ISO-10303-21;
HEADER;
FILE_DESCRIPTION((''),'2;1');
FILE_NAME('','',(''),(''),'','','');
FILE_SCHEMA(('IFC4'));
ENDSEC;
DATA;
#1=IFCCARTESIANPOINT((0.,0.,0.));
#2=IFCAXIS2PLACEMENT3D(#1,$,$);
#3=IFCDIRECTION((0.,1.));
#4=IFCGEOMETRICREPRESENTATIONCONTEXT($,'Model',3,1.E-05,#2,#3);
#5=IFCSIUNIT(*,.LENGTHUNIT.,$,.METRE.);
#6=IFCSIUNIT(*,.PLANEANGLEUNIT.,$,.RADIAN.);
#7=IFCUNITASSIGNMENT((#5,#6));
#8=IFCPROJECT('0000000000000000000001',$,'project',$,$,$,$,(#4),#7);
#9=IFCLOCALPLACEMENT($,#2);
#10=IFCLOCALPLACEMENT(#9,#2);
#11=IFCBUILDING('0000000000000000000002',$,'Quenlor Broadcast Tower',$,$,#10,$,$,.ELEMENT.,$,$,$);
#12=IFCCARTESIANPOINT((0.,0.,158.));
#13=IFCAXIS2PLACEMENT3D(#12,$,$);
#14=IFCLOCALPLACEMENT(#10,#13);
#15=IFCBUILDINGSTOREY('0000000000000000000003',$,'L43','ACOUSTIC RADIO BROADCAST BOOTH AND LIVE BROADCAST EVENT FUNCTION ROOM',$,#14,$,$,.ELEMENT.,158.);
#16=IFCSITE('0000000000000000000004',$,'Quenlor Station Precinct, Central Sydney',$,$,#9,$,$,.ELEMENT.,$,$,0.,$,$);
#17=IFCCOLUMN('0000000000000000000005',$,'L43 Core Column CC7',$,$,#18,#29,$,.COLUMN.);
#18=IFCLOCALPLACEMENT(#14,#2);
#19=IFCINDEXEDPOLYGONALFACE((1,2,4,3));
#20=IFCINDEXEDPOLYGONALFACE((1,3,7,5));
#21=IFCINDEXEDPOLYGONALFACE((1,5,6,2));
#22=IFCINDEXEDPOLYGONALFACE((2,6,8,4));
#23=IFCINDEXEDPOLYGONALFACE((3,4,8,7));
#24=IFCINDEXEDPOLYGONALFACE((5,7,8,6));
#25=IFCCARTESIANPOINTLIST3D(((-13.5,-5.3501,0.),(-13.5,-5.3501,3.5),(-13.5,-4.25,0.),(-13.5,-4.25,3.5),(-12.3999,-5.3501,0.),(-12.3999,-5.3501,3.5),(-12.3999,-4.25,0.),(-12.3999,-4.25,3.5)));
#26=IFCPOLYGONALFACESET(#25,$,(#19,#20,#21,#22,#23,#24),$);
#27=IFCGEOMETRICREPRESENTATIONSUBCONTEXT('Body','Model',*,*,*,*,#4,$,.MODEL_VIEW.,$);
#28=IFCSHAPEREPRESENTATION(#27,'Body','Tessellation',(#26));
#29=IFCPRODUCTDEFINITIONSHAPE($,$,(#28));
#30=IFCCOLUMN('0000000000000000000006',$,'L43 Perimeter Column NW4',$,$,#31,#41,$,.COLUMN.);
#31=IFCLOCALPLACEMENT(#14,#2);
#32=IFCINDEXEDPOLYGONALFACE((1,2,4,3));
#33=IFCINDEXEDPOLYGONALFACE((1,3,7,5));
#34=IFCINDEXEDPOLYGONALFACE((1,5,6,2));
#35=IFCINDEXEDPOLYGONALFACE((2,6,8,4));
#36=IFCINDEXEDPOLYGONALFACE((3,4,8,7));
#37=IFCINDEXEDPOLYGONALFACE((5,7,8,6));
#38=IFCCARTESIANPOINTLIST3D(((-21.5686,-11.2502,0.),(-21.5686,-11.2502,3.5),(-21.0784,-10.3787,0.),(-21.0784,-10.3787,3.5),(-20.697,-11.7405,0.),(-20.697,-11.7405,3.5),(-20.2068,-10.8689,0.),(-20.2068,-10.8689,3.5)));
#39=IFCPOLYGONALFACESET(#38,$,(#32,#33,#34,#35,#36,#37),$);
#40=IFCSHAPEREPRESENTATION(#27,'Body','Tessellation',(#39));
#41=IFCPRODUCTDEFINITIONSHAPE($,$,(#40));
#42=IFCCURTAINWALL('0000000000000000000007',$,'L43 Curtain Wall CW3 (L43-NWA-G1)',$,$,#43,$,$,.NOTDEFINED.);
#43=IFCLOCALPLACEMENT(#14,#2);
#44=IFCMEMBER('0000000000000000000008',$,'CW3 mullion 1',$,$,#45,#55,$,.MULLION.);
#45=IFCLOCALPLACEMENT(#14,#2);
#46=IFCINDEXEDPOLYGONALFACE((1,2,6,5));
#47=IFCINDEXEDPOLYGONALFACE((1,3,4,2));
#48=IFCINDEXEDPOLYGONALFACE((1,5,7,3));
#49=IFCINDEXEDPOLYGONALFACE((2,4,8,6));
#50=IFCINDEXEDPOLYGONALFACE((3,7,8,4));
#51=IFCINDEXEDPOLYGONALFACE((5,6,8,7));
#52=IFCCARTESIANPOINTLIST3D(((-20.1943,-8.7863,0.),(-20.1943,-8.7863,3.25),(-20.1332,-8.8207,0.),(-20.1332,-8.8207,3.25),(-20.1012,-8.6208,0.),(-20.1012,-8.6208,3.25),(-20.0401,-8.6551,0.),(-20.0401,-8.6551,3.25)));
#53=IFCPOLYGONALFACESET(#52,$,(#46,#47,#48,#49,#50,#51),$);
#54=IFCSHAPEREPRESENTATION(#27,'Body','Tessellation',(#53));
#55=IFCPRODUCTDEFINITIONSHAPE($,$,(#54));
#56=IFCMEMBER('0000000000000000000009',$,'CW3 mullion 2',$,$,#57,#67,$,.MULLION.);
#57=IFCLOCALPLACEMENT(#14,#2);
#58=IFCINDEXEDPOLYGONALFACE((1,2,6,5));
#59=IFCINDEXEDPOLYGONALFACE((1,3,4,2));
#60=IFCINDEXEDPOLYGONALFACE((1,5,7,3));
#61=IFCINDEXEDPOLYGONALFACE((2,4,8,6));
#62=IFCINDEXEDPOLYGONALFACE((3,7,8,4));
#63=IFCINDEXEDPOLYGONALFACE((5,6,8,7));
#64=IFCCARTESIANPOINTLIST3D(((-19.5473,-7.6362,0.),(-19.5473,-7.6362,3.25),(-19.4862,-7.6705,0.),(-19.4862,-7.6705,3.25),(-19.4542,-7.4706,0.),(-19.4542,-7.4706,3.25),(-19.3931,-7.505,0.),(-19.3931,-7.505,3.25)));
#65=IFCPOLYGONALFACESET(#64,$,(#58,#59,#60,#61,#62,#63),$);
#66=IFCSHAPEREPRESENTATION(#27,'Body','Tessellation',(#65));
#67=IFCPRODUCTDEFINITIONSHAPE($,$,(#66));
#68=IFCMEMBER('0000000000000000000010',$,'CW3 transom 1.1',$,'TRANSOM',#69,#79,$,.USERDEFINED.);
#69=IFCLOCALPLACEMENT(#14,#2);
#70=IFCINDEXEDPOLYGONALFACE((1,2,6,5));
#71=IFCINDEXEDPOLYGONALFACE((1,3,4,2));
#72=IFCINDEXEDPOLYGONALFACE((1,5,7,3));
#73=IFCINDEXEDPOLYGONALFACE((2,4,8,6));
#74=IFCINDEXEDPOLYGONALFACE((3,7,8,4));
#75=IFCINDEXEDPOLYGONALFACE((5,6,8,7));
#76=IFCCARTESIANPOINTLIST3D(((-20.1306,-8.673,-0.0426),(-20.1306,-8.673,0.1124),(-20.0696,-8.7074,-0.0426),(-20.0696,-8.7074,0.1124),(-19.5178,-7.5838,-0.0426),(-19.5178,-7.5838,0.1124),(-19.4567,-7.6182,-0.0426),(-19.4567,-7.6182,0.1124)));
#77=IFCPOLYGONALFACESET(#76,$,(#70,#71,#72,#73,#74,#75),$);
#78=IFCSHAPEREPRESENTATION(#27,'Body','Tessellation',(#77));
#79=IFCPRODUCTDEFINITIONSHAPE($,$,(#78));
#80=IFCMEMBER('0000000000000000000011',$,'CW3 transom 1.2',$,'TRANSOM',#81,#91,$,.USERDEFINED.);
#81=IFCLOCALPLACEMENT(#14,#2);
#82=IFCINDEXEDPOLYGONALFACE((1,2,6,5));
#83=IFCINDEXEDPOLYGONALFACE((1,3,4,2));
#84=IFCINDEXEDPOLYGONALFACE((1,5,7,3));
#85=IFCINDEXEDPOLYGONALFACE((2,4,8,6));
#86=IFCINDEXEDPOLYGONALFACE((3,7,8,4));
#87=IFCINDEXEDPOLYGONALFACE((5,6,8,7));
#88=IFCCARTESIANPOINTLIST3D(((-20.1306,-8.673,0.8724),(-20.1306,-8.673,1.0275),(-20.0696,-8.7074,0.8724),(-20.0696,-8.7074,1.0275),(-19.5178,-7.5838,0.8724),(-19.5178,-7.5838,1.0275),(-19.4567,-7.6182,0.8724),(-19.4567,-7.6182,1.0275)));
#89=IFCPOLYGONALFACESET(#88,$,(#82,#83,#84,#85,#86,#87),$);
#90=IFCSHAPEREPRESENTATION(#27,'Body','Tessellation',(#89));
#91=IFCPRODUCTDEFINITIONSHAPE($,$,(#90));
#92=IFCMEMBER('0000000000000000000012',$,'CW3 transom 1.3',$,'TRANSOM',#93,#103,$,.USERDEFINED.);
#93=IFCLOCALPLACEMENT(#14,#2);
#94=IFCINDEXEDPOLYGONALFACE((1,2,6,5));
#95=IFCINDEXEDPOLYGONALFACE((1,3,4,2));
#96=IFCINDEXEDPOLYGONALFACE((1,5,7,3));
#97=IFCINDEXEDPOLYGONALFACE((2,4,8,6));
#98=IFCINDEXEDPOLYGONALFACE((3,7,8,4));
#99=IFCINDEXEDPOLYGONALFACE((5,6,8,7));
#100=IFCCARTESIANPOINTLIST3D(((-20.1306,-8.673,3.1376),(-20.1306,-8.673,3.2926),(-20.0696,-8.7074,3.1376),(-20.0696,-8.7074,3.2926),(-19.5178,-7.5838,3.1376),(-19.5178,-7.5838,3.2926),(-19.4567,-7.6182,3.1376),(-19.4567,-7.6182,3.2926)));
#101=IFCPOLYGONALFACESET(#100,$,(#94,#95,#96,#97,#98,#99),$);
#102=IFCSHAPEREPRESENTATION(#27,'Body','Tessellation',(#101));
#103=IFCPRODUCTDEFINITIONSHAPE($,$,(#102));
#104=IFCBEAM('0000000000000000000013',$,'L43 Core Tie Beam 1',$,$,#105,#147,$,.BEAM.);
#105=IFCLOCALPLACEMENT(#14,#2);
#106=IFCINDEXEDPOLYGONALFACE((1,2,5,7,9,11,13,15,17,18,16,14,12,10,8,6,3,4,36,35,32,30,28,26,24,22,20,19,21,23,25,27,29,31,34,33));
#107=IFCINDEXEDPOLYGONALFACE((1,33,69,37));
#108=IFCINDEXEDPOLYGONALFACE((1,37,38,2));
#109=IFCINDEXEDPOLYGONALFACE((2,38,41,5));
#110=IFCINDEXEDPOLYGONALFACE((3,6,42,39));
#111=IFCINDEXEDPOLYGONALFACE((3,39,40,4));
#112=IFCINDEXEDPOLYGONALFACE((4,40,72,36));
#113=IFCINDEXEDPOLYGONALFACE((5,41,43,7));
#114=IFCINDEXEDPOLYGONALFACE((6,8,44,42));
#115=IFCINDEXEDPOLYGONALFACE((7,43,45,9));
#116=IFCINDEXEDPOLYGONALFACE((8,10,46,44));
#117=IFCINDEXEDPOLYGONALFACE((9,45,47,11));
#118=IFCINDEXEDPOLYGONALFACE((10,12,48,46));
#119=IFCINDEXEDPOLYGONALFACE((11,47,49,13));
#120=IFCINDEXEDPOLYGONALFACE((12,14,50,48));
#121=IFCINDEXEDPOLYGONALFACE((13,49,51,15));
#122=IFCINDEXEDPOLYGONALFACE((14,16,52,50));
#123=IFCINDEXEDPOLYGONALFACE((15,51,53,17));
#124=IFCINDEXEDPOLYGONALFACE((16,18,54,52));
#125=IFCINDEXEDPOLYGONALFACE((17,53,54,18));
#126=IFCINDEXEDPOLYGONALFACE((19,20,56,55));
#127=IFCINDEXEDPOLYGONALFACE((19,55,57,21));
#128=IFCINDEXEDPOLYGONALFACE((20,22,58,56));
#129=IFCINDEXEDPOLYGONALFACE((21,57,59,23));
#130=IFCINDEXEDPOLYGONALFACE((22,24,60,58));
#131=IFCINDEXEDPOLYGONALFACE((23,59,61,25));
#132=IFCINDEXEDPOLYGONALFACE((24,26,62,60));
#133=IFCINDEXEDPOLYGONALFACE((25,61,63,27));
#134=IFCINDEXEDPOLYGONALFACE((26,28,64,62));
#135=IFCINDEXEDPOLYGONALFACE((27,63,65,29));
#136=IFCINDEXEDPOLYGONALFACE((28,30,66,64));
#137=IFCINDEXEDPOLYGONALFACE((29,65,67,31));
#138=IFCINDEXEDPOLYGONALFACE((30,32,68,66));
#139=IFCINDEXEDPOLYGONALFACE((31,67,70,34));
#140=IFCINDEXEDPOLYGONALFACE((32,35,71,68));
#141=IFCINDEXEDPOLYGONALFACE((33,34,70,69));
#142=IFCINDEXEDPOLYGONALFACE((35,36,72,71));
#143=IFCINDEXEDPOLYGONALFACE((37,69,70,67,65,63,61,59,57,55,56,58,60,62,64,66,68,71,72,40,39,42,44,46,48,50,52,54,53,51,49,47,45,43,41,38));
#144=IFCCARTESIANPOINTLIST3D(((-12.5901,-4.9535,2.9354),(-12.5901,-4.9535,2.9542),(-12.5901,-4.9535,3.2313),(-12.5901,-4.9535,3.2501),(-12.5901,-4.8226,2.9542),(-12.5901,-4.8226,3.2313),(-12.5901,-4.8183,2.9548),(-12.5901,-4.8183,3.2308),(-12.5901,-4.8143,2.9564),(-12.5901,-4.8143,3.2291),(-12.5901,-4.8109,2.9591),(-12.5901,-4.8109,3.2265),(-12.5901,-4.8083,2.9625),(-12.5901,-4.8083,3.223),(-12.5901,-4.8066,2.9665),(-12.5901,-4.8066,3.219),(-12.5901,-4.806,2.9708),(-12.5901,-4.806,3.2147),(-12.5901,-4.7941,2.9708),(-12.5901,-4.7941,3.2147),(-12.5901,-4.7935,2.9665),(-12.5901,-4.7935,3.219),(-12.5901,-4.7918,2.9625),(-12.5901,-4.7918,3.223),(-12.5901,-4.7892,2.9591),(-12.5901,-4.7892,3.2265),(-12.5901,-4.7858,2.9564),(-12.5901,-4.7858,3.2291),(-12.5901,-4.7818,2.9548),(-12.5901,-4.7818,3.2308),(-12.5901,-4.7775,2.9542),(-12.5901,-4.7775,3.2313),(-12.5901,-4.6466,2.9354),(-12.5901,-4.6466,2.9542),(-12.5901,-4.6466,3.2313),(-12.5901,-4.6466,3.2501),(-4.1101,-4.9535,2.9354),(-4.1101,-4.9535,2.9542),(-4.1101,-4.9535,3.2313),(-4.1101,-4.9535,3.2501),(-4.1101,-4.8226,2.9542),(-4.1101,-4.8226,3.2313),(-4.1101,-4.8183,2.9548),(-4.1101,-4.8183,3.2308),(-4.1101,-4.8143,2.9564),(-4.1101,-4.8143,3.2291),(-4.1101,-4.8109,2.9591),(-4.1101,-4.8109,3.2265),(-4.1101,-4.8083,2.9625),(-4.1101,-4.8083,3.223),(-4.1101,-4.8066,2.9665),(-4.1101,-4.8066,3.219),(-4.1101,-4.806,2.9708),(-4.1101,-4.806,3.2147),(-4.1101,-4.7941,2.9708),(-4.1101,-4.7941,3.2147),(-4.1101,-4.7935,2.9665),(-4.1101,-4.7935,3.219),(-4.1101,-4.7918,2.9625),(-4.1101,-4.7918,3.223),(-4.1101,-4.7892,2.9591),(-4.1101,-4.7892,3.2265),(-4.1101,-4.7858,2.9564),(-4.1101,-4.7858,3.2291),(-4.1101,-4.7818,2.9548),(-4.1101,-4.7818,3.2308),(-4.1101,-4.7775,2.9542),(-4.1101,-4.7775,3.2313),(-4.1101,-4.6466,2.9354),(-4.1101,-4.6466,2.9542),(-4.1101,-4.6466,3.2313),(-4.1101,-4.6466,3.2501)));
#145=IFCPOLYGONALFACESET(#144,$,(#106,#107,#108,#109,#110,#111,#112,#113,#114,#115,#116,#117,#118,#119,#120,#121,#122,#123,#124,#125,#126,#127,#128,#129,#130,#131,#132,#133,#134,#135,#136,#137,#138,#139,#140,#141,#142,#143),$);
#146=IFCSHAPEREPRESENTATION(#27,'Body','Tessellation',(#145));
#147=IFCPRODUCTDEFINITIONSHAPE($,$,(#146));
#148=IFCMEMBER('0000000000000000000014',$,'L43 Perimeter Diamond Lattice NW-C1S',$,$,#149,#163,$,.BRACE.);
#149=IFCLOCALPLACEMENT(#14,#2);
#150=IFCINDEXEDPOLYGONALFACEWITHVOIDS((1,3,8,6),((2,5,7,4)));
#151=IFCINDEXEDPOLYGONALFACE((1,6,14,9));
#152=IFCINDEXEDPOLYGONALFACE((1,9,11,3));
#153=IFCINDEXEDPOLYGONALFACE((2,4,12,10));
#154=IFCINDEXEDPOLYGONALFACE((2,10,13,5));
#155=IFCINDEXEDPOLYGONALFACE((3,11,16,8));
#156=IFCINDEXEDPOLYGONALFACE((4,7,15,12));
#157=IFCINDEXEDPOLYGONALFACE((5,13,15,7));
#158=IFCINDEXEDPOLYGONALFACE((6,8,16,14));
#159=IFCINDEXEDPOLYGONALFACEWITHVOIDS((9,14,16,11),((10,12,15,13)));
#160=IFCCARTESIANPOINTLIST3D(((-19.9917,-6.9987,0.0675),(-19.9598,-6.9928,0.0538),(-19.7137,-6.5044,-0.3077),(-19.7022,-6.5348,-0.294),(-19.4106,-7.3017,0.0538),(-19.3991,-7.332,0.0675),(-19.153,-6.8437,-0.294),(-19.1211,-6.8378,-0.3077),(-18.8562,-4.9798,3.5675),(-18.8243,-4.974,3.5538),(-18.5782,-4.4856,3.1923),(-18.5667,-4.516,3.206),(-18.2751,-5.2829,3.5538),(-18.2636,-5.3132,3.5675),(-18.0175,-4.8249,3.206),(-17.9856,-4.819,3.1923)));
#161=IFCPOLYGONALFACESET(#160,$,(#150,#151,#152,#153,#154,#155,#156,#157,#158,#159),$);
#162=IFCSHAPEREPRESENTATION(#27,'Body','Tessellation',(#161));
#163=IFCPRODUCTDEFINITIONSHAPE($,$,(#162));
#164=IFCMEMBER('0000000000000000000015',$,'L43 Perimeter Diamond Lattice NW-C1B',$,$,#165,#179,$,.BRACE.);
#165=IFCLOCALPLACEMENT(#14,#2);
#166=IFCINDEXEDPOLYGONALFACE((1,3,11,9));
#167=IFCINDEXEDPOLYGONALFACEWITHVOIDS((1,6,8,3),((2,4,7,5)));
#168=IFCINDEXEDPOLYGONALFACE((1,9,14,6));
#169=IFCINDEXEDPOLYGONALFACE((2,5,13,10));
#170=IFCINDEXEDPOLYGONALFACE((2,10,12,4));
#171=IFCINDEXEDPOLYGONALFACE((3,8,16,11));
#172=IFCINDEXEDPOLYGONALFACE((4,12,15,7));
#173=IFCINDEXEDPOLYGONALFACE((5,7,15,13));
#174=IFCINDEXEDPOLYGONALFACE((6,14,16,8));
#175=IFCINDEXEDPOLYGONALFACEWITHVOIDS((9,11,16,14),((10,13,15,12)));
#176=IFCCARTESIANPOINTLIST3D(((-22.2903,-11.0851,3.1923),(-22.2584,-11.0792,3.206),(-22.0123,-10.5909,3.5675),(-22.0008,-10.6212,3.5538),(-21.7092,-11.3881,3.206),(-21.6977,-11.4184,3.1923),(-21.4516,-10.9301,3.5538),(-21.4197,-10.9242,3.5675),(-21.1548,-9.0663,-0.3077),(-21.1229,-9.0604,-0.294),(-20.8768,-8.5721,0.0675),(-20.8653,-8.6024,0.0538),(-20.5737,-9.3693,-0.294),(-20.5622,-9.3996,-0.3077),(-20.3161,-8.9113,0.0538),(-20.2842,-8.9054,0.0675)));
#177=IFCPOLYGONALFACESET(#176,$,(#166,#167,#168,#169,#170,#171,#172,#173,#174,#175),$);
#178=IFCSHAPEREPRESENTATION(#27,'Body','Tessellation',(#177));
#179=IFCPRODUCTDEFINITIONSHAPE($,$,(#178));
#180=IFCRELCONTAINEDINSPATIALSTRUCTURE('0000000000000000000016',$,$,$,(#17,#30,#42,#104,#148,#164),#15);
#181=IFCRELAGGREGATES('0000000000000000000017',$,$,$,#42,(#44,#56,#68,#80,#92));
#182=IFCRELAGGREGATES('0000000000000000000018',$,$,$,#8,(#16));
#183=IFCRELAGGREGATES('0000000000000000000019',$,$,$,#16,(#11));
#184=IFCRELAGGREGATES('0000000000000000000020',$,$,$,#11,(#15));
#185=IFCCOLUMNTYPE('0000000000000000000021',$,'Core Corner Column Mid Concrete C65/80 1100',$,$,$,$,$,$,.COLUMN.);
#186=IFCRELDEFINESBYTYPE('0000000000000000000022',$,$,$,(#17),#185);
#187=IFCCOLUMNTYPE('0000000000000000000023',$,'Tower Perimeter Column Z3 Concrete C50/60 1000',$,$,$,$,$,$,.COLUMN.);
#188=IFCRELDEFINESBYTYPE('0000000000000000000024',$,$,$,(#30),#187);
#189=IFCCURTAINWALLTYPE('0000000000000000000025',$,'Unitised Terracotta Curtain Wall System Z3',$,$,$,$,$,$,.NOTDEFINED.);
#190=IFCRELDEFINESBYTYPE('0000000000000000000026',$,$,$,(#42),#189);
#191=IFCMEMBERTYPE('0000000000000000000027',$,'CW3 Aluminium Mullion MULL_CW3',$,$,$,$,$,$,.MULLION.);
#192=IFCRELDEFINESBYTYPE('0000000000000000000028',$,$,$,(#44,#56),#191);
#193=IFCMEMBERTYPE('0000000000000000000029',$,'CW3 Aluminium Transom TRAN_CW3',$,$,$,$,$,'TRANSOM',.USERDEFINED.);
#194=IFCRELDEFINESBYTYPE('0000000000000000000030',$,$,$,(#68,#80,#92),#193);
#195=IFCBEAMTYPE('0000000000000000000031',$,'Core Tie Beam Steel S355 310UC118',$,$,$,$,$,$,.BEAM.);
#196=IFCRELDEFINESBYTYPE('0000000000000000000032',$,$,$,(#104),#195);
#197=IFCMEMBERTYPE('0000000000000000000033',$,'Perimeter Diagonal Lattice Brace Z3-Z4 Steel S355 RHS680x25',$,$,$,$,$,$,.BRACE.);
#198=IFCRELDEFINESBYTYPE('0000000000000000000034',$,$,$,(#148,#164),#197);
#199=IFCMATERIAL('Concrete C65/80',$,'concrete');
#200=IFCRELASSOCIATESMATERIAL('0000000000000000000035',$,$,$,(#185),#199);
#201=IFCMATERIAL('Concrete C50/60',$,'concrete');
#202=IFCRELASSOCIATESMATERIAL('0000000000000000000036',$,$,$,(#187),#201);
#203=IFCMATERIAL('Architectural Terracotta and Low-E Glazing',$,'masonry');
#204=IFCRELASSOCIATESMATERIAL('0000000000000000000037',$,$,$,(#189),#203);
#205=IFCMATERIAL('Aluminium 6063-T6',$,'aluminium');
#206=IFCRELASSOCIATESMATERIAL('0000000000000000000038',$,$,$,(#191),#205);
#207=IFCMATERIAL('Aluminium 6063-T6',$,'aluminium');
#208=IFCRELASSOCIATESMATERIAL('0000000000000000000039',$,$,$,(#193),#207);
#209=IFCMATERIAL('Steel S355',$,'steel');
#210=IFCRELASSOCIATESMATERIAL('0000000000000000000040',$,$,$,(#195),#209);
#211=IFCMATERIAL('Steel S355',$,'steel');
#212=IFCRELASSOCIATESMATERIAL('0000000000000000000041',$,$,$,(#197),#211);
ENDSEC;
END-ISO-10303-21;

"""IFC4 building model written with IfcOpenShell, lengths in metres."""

from ifc_helpers import new_model, si_unit, direction, frame, origin, origin_2d, place, context, subcontext, project, spatial, rectangle, hollow_rectangle, i_section, extrude, material, material_profile, profile_set, type_object, element, aggregate, save


model = new_model("IFC4")

# Units and contexts
model_context = context("Model", 3, precision=1e-05, world=origin(), true_north=direction((0.0, 1.0)))
body_context = subcontext(model_context, "Body", "Model", "MODEL_VIEW")
ifc_project = project(units=[si_unit("LENGTHUNIT", "METRE"), si_unit("PLANEANGLEUNIT", "RADIAN")], contexts=[model_context])

# Site, building, storey
site_placement = place(None, origin())
site = spatial("IfcSite", under=ifc_project, at=site_placement, Name="Quenlor Station Precinct, Central Sydney", CompositionType="ELEMENT", RefElevation=0.0)
building_placement = place(site_placement, origin())
building = spatial("IfcBuilding", under=site, at=building_placement, Name="Quenlor Broadcast Tower", CompositionType="ELEMENT")
storey_placement = place(building_placement, frame((0.0, 0.0, 158.0)))
storey = spatial("IfcBuildingStorey", under=building, at=storey_placement, Name="L43", Description="ACOUSTIC RADIO BROADCAST BOOTH AND LIVE BROADCAST EVENT FUNCTION ROOM", CompositionType="ELEMENT", Elevation=158.0)

# Columns
ifc_material_1 = material(Name="Concrete C65/80", Category="concrete")
ifc_material_profile_1 = material_profile(ifc_material_1, rectangle(XDim=1.1001, YDim=1.1001, at=origin_2d()))
ifc_profile_set_1 = profile_set([ifc_material_profile_1], Name="Concrete C65/80 RC1100x1100")
column_type_1 = type_object("IfcColumnType", Name="Core Corner Column Mid Concrete C65/80 1100", PredefinedType="COLUMN", material=ifc_profile_set_1)
column_1_placement = place(storey_placement, frame((-12.95, -4.8, 0.0), z_axis=(0.0, 0.0, 1.0), x_axis=(1.0, 0.0, 0.0)))
element("IfcColumn", 1, at=column_1_placement, inside=storey, type_object=column_type_1, Name="L43 Core Column CC7", PredefinedType="COLUMN", context=body_context, shape_type="SweptSolid", body=[
    extrude(rectangle(XDim=1.1001, YDim=1.1001, at=origin_2d()), origin(), (0.0, 0.0, 1.0), 3.5),
])
ifc_material_2 = material(Name="Concrete C50/60", Category="concrete")
ifc_material_profile_2 = material_profile(ifc_material_2, rectangle(XDim=1.0, YDim=1.0, at=origin_2d()))
ifc_profile_set_2 = profile_set([ifc_material_profile_2], Name="Concrete C50/60 RC1000x1000")
column_type_2 = type_object("IfcColumnType", Name="Tower Perimeter Column Z3 Concrete C50/60 1000", PredefinedType="COLUMN", material=ifc_profile_set_2)
column_2_placement = place(storey_placement, frame((-20.8877, -11.0596, 0.0), z_axis=(0.0, 0.0, 1.0), x_axis=(-0.871575, 0.490262, 0.0)))
element("IfcColumn", 2, at=column_2_placement, inside=storey, type_object=column_type_2, Name="L43 Perimeter Column NW4", PredefinedType="COLUMN", context=body_context, shape_type="SweptSolid", body=[
    extrude(rectangle(XDim=1.0, YDim=1.0, at=origin_2d()), origin(), (0.0, 0.0, 1.0), 3.5),
])

# Curtain wall, members
ifc_material_3 = material(Name="Architectural Terracotta and Low-E Glazing", Category="masonry")
curtain_wall_type = type_object("IfcCurtainWallType", Name="Unitised Terracotta Curtain Wall System Z3", PredefinedType="NOTDEFINED", material=ifc_material_3)
curtain_wall_placement = place(storey_placement, origin())
curtain_wall = element("IfcCurtainWall", 3, at=curtain_wall_placement, inside=storey, type_object=curtain_wall_type, Name="L43 Curtain Wall CW3 (L43-NWA-G1)", PredefinedType="NOTDEFINED")
ifc_material_4 = material(Name="Aluminium 6063-T6", Category="aluminium")
ifc_material_profile_3 = material_profile(ifc_material_4, rectangle(XDim=0.0701, YDim=0.1899, at=origin_2d()))
ifc_profile_set_3 = profile_set([ifc_material_profile_3], Name="Aluminium 6063-T6 MULL70x190")
member_type_1 = type_object("IfcMemberType", Name="CW3 Aluminium Mullion MULL_CW3", PredefinedType="MULLION", material=ifc_profile_set_3)
member_1_placement = place(storey_placement, frame((-20.1172, -8.7207, 0.0), z_axis=(0.0, 0.0, 1.0), x_axis=(-0.871576, 0.490261, 0.0)))
member_1 = element("IfcMember", 4, at=member_1_placement, type_object=member_type_1, Name="CW3 mullion 1", PredefinedType="MULLION", context=body_context, shape_type="SweptSolid", body=[
    extrude(rectangle(XDim=0.0701, YDim=0.1899, at=origin_2d()), origin(), (0.0, 0.0, 1.0), 3.25),
])
member_2_placement = place(storey_placement, frame((-19.4702, -7.5706, 0.0), z_axis=(0.0, 0.0, 1.0), x_axis=(-0.871576, 0.490261, 0.0)))
member_2 = element("IfcMember", 5, at=member_2_placement, type_object=member_type_1, Name="CW3 mullion 2", PredefinedType="MULLION", context=body_context, shape_type="SweptSolid", body=[
    extrude(rectangle(XDim=0.0701, YDim=0.1899, at=origin_2d()), origin(), (0.0, 0.0, 1.0), 3.25),
])
ifc_material_5 = material(Name="Aluminium 6063-T6", Category="aluminium")
ifc_material_profile_4 = material_profile(ifc_material_5, rectangle(XDim=0.0701, YDim=0.155, at=origin_2d()))
ifc_profile_set_4 = profile_set([ifc_material_profile_4], Name="Aluminium 6063-T6 TRAN70x155")
member_type_2 = type_object("IfcMemberType", Name="CW3 Aluminium Transom TRAN_CW3", ElementType="TRANSOM", PredefinedType="USERDEFINED", material=ifc_profile_set_4)
member_3_placement = place(storey_placement, frame((-20.1001, -8.6902, 0.0349), z_axis=(0.490363, 0.871518, 0.0), x_axis=(-0.871518, 0.490363, 0.0)))
member_3 = element("IfcMember", 6, at=member_3_placement, type_object=member_type_2, Name="CW3 transom 1.1", ObjectType="TRANSOM", PredefinedType="USERDEFINED", context=body_context, shape_type="SweptSolid", body=[
    extrude(rectangle(XDim=0.0701, YDim=0.155, at=origin_2d()), origin(), (0.0, 0.0, 1.0), 1.2498),
])
member_4_placement = place(storey_placement, frame((-20.1001, -8.6902, 0.95), z_axis=(0.490363, 0.871518, 0.0), x_axis=(-0.871518, 0.490363, 0.0)))
member_4 = element("IfcMember", 7, at=member_4_placement, type_object=member_type_2, Name="CW3 transom 1.2", ObjectType="TRANSOM", PredefinedType="USERDEFINED", context=body_context, shape_type="SweptSolid", body=[
    extrude(rectangle(XDim=0.0701, YDim=0.155, at=origin_2d()), origin(), (0.0, 0.0, 1.0), 1.2498),
])
member_5_placement = place(storey_placement, frame((-20.1001, -8.6902, 3.2151), z_axis=(0.490363, 0.871518, 0.0), x_axis=(-0.871518, 0.490363, 0.0)))
member_5 = element("IfcMember", 8, at=member_5_placement, type_object=member_type_2, Name="CW3 transom 1.3", ObjectType="TRANSOM", PredefinedType="USERDEFINED", context=body_context, shape_type="SweptSolid", body=[
    extrude(rectangle(XDim=0.0701, YDim=0.155, at=origin_2d()), origin(), (0.0, 0.0, 1.0), 1.2498),
])

# Beam
ifc_material_6 = material(Name="Steel S355", Category="steel")
ifc_material_profile_5 = material_profile(ifc_material_6, i_section(OverallWidth=0.3069, OverallDepth=0.3147, WebThickness=0.012, FlangeThickness=0.0188, FilletRadius=0.0166, at=origin_2d()))
ifc_profile_set_5 = profile_set([ifc_material_profile_5], Name="Steel S355 310UC118")
beam_type_1 = type_object("IfcBeamType", Name="Core Tie Beam Steel S355 310UC118", PredefinedType="BEAM", material=ifc_profile_set_5)
beam_1_placement = place(storey_placement, frame((-12.5901, -4.8, 3.0928), z_axis=(1.0, 0.0, 0.0), x_axis=(0.0, 1.0, 0.0)))
element("IfcBeam", 9, at=beam_1_placement, inside=storey, type_object=beam_type_1, Name="L43 Core Tie Beam 1", PredefinedType="BEAM", context=body_context, shape_type="SweptSolid", body=[
    extrude(i_section(OverallWidth=0.3069, OverallDepth=0.3147, WebThickness=0.012, FlangeThickness=0.0188, FilletRadius=0.0166, at=origin_2d()), origin(), (0.0, 0.0, 1.0), 8.48),
])

# Members
ifc_material_7 = material(Name="Steel S355", Category="steel")
ifc_material_profile_6 = material_profile(ifc_material_7, hollow_rectangle(XDim=0.6799, YDim=0.6799, WallThickness=0.0249, at=origin_2d()))
ifc_profile_set_6 = profile_set([ifc_material_profile_6], Name="Steel S355 RHS680x680x25")
member_type_3 = type_object("IfcMemberType", Name="Perimeter Diagonal Lattice Brace Z3-Z4 Steel S355 RHS680x25", PredefinedType="BRACE", material=ifc_profile_set_6)
for number, where, z_axis, x_axis, name in (
    (10, (-19.5564, -6.9182, -0.1201), (0.270549, 0.481009, 0.833927), (-0.87159, 0.490236, 0.0), "L43 Perimeter Diamond Lattice NW-C1S"),
    (11, (-20.7195, -8.9858, -0.1201), (-0.270549, -0.481009, 0.833927), (0.87159, -0.490236, 0.0), "L43 Perimeter Diamond Lattice NW-C1B"),
):
    element("IfcMember", number, at=place(storey_placement, frame(where, z_axis=z_axis, x_axis=x_axis)), inside=storey, type_object=member_type_3, Name=name, PredefinedType="BRACE", context=body_context, shape_type="SweptSolid", body=[
        extrude(hollow_rectangle(XDim=0.6799, YDim=0.6799, WallThickness=0.0249, at=origin_2d()), origin(), (0.0, 0.0, 1.0), 4.197),
    ])

aggregate(curtain_wall, [member_1, member_2, member_3, member_4, member_5])

save(model, "model.ifc")
